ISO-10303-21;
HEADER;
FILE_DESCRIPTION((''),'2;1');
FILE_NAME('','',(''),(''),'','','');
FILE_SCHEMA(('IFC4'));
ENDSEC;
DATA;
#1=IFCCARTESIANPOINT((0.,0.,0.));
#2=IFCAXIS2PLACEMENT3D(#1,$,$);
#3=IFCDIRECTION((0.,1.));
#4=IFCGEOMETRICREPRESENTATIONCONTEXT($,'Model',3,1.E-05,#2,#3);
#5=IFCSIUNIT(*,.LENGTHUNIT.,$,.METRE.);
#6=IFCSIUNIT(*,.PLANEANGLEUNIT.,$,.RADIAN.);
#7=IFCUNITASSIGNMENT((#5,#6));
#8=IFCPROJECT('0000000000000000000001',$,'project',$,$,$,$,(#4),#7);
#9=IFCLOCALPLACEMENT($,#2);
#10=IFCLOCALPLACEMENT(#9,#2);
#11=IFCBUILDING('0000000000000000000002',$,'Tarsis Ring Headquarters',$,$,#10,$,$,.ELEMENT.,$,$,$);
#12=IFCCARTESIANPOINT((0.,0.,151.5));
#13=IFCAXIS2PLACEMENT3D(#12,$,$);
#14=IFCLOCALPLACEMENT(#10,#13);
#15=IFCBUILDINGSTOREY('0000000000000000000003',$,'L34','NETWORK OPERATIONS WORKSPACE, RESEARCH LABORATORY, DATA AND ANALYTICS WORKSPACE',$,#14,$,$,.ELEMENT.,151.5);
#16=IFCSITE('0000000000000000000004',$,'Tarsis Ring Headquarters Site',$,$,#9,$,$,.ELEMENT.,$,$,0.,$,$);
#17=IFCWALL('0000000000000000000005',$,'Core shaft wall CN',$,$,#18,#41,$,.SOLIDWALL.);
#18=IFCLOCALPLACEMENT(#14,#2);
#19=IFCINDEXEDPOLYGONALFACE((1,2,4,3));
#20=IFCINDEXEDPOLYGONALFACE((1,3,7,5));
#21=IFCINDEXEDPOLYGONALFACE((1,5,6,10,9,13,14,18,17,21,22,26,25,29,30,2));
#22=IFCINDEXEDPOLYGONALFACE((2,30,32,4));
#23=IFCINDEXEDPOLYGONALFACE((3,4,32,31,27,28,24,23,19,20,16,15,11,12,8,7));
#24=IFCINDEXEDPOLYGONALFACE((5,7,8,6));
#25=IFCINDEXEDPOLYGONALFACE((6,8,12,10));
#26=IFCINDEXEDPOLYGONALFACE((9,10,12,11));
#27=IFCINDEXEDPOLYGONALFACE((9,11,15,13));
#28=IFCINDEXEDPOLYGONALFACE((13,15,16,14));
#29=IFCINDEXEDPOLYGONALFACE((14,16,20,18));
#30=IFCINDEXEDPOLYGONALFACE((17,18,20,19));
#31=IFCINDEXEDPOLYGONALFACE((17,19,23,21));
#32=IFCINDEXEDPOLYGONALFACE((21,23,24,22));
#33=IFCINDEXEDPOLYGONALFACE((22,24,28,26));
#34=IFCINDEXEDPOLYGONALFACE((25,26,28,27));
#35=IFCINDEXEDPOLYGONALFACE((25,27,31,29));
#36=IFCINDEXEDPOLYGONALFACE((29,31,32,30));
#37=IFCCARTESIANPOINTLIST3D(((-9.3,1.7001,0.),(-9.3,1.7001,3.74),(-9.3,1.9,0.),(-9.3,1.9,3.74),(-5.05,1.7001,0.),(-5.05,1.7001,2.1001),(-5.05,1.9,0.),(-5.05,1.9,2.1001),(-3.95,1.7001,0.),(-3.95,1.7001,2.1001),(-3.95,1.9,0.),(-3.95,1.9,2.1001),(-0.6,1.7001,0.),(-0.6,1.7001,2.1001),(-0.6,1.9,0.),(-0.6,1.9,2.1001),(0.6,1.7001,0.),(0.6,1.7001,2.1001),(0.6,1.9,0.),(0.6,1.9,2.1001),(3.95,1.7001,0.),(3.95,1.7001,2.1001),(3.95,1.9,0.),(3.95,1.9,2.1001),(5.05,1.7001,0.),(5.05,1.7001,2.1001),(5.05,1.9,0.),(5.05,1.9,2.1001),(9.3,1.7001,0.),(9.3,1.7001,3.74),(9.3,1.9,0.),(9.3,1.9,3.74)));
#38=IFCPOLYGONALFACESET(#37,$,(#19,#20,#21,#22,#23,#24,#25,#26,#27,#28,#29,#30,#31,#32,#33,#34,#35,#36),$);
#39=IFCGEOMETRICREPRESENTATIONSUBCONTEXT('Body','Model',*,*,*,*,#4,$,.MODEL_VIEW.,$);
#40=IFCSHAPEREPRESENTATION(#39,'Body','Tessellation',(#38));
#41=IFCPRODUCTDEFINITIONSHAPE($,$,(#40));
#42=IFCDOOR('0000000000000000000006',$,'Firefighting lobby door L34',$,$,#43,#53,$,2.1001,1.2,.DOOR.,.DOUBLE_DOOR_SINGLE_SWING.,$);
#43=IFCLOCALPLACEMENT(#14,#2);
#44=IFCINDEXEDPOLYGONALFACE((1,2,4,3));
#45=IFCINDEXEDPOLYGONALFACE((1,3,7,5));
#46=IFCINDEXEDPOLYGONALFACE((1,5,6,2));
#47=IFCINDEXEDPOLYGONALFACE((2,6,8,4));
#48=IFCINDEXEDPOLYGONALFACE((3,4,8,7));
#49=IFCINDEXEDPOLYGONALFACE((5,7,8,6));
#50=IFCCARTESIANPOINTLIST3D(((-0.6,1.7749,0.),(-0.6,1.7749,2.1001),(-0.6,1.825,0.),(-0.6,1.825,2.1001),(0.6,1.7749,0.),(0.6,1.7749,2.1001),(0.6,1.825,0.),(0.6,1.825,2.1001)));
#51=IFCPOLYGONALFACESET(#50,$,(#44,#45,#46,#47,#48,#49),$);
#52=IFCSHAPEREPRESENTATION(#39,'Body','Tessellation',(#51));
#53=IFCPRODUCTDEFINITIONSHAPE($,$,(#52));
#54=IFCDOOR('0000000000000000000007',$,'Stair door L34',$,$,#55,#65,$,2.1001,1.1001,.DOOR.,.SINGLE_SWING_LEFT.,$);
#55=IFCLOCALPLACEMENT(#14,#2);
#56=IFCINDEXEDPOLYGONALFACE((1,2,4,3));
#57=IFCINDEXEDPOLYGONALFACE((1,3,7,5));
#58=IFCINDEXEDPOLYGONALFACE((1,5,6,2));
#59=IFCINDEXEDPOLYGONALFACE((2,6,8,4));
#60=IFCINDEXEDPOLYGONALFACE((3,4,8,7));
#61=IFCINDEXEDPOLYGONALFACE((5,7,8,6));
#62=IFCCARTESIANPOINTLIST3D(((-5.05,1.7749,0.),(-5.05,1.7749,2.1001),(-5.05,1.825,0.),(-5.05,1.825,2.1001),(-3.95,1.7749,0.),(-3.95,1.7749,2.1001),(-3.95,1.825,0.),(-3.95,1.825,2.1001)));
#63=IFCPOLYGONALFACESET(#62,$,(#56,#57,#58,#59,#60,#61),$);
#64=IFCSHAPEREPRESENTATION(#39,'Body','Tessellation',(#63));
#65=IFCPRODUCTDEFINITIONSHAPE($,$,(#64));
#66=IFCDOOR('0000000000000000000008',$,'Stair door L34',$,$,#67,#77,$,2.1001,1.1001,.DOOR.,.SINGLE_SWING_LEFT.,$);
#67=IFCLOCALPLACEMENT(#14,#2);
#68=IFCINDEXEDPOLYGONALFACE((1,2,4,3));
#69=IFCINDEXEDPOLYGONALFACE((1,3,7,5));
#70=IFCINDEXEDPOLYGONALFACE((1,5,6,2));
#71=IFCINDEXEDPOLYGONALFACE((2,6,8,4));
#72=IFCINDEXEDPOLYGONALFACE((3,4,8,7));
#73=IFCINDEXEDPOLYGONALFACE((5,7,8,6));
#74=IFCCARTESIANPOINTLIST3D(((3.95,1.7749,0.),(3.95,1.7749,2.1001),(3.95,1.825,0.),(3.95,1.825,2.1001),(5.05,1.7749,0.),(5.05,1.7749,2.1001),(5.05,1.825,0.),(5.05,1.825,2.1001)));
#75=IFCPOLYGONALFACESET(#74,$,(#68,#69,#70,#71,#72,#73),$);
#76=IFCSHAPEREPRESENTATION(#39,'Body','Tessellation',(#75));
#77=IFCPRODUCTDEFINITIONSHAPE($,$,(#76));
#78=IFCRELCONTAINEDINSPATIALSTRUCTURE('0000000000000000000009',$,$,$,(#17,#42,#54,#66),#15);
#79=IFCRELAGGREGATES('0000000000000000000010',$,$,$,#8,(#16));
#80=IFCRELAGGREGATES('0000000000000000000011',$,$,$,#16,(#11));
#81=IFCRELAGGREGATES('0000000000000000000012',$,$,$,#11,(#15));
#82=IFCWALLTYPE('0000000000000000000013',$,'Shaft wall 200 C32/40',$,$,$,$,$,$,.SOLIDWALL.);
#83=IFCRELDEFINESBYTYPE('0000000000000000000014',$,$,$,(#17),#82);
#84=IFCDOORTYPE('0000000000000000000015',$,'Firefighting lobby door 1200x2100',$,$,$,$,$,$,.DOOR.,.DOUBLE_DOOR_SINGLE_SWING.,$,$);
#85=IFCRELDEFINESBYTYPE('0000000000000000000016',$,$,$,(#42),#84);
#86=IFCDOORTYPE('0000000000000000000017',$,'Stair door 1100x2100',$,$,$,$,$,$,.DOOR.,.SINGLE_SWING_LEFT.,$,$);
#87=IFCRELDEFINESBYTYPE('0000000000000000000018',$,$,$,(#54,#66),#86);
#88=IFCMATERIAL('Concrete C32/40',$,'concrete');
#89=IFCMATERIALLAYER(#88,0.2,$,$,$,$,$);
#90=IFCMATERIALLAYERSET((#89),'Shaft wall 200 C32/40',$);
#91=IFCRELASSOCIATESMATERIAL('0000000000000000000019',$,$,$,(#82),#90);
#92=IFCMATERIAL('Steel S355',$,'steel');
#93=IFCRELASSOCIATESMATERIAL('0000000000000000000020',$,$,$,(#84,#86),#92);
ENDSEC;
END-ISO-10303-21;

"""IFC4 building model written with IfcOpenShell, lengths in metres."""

from ifc_helpers import new_model, si_unit, direction, frame, frame_2d, origin, place, context, subcontext, project, spatial, rectangle, extrude, material, layer, layer_set, type_object, element, fill, save


model = new_model("IFC4")

# Units and contexts
model_context = context("Model", 3, precision=1e-05, world=origin(), true_north=direction((0.0, 1.0)))
body_context = subcontext(model_context, "Body", "Model", "MODEL_VIEW")
ifc_project = project(units=[si_unit("LENGTHUNIT", "METRE"), si_unit("PLANEANGLEUNIT", "RADIAN")], contexts=[model_context])

# Site, building, storey
site_placement = place(None, origin())
site = spatial("IfcSite", under=ifc_project, at=site_placement, Name="Tarsis Ring Headquarters Site", CompositionType="ELEMENT", RefElevation=0.0)
building_placement = place(site_placement, origin())
building = spatial("IfcBuilding", under=site, at=building_placement, Name="Tarsis Ring Headquarters", CompositionType="ELEMENT")
storey_placement = place(building_placement, frame((0.0, 0.0, 151.5)))
storey = spatial("IfcBuildingStorey", under=building, at=storey_placement, Name="L34", Description="NETWORK OPERATIONS WORKSPACE, RESEARCH LABORATORY, DATA AND ANALYTICS WORKSPACE", CompositionType="ELEMENT", Elevation=151.5)

# Shared definitions
ifc_material_1 = material(Name="Steel S355", Category="steel")

# Wall, openings, doors
ifc_material_2 = material(Name="Concrete C32/40", Category="concrete")
ifc_layer_1 = layer(ifc_material_2, 0.2)
ifc_layer_set_1 = layer_set([ifc_layer_1], Name="Shaft wall 200 C32/40")
wall_type_1 = type_object("IfcWallType", Name="Shaft wall 200 C32/40", PredefinedType="SOLIDWALL", material=ifc_layer_set_1)
wall_1_placement = place(storey_placement, frame((-9.3, 1.8, 0.0), z_axis=(0.0, 0.0, 1.0), x_axis=(1.0, 0.0, 0.0)))
wall_1 = element("IfcWall", 1, at=wall_1_placement, inside=storey, type_object=wall_type_1, Name="Core shaft wall CN", PredefinedType="SOLIDWALL", context=body_context, shape_type="SweptSolid", body=[
    extrude(rectangle(XDim=18.6001, YDim=0.2, at=frame_2d((9.3, 0.0))), origin(), (0.0, 0.0, 1.0), 3.74),
])
opening_1_placement = place(wall_1_placement, frame((4.25, 0.0, 0.0)))
opening_1 = element("IfcOpeningElement", 2, at=opening_1_placement, cuts=wall_1, PredefinedType="OPENING", context=body_context, shape_type="SweptSolid", body=[
    extrude(rectangle(XDim=1.1001, YDim=2.1001, at=frame_2d((0.55, 1.05))), frame((0.0, 0.1099, 0.0), z_axis=(0.0, -1.0, 0.0), x_axis=(1.0, 0.0, 0.0)), (0.0, 0.0, 1.0), 0.22),
])
opening_2_placement = place(wall_1_placement, frame((8.7, 0.0, 0.0)))
opening_2 = element("IfcOpeningElement", 3, at=opening_2_placement, cuts=wall_1, PredefinedType="OPENING", context=body_context, shape_type="SweptSolid", body=[
    extrude(rectangle(XDim=1.2, YDim=2.1001, at=frame_2d((0.6001, 1.05))), frame((0.0, 0.1099, 0.0), z_axis=(0.0, -1.0, 0.0), x_axis=(1.0, 0.0, 0.0)), (0.0, 0.0, 1.0), 0.22),
])
opening_3_placement = place(wall_1_placement, frame((13.25, 0.0, 0.0)))
opening_3 = element("IfcOpeningElement", 4, at=opening_3_placement, cuts=wall_1, PredefinedType="OPENING", context=body_context, shape_type="SweptSolid", body=[
    extrude(rectangle(XDim=1.1001, YDim=2.1001, at=frame_2d((0.55, 1.05))), frame((0.0, 0.1099, 0.0), z_axis=(0.0, -1.0, 0.0), x_axis=(1.0, 0.0, 0.0)), (0.0, 0.0, 1.0), 0.22),
])
door_type_1 = type_object("IfcDoorType", Name="Firefighting lobby door 1200x2100", OperationType="DOUBLE_DOOR_SINGLE_SWING", PredefinedType="DOOR", material=ifc_material_1)
door_1_placement = place(opening_2_placement, origin())
door_1 = element("IfcDoor", 5, at=door_1_placement, inside=storey, type_object=door_type_1, Name="Firefighting lobby door L34", OperationType="DOUBLE_DOOR_SINGLE_SWING", OverallHeight=2.1001, OverallWidth=1.2, PredefinedType="DOOR", context=body_context, shape_type="SweptSolid", body=[
    extrude(rectangle(XDim=1.2, YDim=2.1001, at=frame_2d((0.6001, 1.05))), frame((0.0, 0.0249, 0.0), z_axis=(0.0, -1.0, 0.0), x_axis=(1.0, 0.0, 0.0)), (0.0, 0.0, 1.0), 0.05),
])
fill(opening_2, door_1)
door_type_2 = type_object("IfcDoorType", Name="Stair door 1100x2100", OperationType="SINGLE_SWING_LEFT", PredefinedType="DOOR", material=ifc_material_1)
door_2_placement = place(opening_1_placement, origin())
door_2 = element("IfcDoor", 6, at=door_2_placement, inside=storey, type_object=door_type_2, Name="Stair door L34", OperationType="SINGLE_SWING_LEFT", OverallHeight=2.1001, OverallWidth=1.1001, PredefinedType="DOOR", context=body_context, shape_type="SweptSolid", body=[
    extrude(rectangle(XDim=1.1001, YDim=2.1001, at=frame_2d((0.55, 1.05))), frame((0.0, 0.0249, 0.0), z_axis=(0.0, -1.0, 0.0), x_axis=(1.0, 0.0, 0.0)), (0.0, 0.0, 1.0), 0.05),
])
fill(opening_1, door_2)
door_3_placement = place(opening_3_placement, origin())
door_3 = element("IfcDoor", 7, at=door_3_placement, inside=storey, type_object=door_type_2, Name="Stair door L34", OperationType="SINGLE_SWING_LEFT", OverallHeight=2.1001, OverallWidth=1.1001, PredefinedType="DOOR", context=body_context, shape_type="SweptSolid", body=[
    extrude(rectangle(XDim=1.1001, YDim=2.1001, at=frame_2d((0.55, 1.05))), frame((0.0, 0.0249, 0.0), z_axis=(0.0, -1.0, 0.0), x_axis=(1.0, 0.0, 0.0)), (0.0, 0.0, 1.0), 0.05),
])
fill(opening_3, door_3)

save(model, "model.ifc")
